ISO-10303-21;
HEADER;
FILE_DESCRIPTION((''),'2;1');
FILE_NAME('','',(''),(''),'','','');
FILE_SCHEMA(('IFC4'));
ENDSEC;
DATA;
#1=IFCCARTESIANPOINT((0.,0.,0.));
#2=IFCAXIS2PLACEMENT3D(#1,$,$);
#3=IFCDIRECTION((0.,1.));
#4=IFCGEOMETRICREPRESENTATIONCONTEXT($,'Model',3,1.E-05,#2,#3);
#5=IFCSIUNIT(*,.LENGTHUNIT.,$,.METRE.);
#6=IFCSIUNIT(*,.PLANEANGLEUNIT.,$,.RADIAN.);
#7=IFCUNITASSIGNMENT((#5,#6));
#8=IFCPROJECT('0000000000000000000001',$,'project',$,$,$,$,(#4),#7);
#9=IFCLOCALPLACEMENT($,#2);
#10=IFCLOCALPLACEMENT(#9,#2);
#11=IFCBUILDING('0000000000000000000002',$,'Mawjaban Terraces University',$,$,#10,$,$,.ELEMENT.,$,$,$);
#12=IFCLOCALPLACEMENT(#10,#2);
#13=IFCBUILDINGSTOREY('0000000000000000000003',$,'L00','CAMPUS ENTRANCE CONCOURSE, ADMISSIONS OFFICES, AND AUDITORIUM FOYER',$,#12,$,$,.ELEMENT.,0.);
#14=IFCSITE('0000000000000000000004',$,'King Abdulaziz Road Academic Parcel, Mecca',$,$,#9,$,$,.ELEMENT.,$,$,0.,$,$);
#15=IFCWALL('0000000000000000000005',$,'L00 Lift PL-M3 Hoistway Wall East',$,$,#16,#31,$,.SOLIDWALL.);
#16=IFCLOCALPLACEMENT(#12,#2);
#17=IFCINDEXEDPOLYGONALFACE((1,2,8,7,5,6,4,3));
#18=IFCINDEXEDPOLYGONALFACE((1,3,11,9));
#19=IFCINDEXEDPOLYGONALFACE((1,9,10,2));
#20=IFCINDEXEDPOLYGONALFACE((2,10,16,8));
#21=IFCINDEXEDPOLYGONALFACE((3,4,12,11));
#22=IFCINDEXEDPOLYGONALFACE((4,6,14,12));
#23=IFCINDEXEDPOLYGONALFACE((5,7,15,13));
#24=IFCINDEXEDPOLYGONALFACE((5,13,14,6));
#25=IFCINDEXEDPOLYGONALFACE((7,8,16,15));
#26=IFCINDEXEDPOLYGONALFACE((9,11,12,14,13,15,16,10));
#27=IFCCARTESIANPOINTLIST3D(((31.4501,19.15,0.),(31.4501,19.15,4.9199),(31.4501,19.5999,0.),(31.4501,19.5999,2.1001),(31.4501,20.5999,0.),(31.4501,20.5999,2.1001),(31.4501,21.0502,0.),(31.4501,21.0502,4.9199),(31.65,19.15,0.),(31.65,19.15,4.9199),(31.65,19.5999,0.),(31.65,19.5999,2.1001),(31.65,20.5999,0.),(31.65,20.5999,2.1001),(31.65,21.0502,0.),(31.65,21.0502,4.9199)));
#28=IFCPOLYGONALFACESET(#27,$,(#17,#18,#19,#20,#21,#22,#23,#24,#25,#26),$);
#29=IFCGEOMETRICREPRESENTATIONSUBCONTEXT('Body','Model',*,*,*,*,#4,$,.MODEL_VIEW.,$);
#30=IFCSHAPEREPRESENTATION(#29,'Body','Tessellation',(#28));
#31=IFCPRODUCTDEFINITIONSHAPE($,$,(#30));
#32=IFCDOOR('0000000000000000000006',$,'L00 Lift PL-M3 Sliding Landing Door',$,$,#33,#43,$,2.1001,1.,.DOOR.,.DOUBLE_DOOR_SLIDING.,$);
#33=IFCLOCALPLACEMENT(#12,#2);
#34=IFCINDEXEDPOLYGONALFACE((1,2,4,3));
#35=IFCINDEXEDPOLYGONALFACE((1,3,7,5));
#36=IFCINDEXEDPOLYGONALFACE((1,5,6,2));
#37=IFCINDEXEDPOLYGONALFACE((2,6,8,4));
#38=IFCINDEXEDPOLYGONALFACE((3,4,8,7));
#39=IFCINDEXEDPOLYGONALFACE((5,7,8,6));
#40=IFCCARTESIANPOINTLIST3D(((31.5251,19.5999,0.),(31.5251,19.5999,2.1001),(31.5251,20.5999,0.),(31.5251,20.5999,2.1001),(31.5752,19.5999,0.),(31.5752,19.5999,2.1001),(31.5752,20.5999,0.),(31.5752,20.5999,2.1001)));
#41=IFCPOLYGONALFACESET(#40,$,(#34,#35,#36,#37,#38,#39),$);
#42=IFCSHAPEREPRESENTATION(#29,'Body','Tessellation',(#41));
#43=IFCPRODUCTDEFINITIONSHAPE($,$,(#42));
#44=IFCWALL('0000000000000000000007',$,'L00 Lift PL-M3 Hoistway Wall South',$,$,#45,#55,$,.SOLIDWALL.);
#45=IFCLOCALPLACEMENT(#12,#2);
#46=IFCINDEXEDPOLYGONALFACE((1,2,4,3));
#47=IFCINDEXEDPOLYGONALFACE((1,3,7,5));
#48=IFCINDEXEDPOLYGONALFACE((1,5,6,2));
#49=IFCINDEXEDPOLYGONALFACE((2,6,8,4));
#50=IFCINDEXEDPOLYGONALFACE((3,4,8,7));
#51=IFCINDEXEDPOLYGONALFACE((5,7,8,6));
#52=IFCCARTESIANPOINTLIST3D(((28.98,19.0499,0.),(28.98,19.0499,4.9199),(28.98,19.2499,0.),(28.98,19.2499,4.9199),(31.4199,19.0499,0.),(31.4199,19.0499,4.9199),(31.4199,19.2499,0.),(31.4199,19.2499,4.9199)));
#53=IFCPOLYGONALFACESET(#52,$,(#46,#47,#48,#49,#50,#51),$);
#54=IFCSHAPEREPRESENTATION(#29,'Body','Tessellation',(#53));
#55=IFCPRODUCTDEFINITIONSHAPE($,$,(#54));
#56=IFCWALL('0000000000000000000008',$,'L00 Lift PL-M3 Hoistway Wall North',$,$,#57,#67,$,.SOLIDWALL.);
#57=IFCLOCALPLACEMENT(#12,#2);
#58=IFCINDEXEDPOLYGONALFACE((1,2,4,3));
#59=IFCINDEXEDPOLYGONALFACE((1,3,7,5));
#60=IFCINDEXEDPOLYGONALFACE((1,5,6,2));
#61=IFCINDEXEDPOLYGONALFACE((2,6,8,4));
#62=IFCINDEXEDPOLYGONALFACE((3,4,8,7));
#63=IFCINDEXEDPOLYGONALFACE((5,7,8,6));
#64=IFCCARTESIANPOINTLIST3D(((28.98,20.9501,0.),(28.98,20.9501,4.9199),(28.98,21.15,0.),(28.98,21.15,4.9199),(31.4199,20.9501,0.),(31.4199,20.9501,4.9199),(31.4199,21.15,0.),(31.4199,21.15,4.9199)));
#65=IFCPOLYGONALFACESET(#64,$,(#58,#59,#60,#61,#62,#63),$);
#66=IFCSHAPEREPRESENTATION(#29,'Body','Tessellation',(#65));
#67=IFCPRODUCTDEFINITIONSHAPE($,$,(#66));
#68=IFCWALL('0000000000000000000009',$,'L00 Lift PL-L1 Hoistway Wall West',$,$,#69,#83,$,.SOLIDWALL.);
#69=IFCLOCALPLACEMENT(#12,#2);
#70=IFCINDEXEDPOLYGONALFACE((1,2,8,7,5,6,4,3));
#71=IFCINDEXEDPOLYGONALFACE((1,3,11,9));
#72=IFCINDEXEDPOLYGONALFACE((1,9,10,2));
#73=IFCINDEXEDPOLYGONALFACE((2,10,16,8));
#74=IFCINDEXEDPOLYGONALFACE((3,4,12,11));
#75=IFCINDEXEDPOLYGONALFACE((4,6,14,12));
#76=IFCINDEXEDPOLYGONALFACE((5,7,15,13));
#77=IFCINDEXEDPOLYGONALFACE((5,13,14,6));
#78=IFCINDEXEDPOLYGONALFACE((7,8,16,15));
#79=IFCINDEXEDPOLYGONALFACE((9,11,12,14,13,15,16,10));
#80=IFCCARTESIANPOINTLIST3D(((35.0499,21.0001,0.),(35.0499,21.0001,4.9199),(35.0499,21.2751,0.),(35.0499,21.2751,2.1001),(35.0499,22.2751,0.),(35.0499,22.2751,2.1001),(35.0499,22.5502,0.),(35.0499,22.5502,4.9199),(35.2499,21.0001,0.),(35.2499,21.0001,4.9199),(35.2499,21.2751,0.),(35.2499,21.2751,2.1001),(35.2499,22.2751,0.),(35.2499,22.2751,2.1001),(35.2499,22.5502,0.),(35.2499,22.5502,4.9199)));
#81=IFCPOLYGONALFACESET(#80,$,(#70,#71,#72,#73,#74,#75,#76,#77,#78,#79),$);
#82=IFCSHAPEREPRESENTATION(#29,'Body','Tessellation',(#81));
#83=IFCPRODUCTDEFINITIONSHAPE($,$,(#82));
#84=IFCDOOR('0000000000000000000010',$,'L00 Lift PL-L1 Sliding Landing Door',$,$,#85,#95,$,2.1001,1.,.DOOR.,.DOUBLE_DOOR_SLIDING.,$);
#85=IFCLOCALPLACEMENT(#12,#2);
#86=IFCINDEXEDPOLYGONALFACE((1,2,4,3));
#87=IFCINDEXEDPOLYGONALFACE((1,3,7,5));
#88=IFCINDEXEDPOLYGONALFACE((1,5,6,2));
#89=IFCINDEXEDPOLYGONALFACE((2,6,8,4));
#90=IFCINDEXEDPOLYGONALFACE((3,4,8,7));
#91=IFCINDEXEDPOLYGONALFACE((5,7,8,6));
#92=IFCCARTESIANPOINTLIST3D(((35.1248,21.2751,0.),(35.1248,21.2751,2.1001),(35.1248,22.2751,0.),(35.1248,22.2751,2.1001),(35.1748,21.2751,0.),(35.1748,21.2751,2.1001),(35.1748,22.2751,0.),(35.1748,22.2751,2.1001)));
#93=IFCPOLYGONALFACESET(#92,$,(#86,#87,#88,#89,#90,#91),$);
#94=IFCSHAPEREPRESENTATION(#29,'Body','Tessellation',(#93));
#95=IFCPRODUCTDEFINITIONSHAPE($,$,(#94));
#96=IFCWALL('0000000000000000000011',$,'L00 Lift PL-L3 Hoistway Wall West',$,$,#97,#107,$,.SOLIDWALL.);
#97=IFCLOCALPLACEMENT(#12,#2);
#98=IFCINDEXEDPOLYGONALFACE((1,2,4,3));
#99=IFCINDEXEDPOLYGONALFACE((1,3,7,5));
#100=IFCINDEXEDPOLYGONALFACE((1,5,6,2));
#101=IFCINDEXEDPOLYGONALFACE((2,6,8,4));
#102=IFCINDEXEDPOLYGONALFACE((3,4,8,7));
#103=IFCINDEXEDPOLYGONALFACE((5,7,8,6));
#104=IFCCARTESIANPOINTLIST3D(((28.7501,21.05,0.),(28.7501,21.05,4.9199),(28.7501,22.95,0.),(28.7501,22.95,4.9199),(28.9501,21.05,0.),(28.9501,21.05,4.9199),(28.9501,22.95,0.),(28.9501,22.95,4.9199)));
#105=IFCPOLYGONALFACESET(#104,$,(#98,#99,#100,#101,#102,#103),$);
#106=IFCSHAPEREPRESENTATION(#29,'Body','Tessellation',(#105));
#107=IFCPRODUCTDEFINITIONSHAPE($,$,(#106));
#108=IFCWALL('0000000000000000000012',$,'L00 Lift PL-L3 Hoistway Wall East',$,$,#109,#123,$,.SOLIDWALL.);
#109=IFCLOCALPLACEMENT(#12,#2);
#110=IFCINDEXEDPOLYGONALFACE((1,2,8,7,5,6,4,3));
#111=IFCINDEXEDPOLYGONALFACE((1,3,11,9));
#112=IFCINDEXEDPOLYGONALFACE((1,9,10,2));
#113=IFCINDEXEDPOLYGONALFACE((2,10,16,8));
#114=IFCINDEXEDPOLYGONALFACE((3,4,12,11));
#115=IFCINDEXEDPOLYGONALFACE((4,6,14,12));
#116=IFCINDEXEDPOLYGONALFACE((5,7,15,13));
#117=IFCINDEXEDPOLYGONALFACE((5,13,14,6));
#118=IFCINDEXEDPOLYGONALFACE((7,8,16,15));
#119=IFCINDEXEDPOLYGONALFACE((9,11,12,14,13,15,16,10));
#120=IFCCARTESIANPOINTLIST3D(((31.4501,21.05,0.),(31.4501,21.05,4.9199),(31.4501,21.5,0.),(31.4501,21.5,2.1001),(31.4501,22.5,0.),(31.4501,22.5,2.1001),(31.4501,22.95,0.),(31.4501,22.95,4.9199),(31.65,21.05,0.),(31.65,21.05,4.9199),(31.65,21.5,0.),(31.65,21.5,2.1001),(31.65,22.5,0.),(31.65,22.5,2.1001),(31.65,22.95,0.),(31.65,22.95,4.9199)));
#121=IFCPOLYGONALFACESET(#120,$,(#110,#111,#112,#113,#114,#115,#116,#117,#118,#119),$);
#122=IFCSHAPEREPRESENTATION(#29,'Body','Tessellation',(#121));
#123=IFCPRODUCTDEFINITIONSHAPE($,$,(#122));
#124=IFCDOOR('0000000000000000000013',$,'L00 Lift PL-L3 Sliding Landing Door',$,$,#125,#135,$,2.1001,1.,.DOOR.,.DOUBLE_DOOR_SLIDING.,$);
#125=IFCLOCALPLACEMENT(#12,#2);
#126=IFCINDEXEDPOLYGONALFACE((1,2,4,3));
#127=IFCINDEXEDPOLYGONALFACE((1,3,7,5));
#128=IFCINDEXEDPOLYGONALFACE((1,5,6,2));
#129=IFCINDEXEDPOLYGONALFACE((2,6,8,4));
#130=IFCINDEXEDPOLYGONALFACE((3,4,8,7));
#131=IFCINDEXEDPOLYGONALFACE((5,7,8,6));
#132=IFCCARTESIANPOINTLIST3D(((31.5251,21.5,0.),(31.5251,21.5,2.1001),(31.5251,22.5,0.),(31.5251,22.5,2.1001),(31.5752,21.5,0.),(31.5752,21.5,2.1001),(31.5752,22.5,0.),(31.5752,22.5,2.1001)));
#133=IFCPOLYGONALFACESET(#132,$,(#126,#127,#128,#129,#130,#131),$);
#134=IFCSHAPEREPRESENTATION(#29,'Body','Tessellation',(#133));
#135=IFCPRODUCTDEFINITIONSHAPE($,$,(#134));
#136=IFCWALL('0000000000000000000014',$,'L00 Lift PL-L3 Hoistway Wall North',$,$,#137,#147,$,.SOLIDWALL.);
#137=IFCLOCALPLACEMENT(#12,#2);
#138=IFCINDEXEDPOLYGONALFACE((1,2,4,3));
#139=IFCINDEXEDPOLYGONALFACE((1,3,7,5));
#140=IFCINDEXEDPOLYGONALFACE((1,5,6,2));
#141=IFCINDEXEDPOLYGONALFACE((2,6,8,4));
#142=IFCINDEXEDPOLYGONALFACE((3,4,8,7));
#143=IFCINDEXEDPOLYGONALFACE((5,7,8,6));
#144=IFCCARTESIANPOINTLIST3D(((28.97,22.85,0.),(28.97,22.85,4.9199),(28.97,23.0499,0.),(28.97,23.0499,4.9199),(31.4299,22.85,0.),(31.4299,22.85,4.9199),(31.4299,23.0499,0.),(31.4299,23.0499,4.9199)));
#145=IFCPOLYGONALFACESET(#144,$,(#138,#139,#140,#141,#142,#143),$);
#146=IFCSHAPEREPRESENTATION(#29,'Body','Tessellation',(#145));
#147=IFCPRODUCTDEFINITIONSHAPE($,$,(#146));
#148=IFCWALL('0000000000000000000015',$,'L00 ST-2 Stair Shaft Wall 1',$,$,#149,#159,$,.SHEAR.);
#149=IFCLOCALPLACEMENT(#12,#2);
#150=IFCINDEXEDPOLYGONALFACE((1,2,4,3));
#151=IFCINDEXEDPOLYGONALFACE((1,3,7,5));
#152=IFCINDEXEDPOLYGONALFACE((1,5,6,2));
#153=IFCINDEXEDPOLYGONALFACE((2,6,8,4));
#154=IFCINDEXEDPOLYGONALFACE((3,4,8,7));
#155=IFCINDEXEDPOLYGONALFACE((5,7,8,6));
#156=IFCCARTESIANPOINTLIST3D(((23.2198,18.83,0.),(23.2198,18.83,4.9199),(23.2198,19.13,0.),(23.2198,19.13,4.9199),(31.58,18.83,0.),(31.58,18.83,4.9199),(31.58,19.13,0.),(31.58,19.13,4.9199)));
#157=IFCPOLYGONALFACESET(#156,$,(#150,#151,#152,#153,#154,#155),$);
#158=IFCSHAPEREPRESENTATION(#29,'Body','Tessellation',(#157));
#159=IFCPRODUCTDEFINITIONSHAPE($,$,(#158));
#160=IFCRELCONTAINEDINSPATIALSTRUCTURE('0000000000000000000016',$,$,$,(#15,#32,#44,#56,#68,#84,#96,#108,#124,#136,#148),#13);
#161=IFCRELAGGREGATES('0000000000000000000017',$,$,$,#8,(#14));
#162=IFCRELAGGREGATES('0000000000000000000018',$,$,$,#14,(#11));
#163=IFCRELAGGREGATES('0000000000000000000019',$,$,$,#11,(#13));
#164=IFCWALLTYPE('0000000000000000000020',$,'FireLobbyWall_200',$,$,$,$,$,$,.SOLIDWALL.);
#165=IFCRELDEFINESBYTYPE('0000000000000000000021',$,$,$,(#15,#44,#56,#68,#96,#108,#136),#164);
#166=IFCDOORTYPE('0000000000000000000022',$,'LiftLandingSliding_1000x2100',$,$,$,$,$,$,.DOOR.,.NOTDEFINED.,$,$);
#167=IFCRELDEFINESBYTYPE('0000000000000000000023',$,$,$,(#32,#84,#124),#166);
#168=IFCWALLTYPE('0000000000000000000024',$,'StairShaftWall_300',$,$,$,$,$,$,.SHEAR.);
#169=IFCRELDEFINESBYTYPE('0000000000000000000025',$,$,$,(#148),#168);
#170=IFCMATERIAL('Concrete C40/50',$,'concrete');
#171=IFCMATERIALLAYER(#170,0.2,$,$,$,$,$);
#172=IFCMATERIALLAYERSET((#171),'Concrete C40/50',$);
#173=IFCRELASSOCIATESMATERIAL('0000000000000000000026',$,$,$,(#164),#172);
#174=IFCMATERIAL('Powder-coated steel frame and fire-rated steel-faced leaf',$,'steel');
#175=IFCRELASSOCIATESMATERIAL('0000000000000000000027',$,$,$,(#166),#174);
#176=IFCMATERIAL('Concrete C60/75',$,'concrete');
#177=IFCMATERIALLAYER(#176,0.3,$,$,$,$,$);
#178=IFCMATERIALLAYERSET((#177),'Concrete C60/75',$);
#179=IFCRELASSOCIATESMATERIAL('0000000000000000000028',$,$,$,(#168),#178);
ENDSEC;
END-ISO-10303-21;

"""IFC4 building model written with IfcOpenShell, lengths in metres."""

from ifc_helpers import new_model, si_unit, direction, frame, frame_2d, origin, place, context, subcontext, project, spatial, rectangle, extrude, material, layer, layer_set, type_object, element, fill, save


model = new_model("IFC4")

# Units and contexts
model_context = context("Model", 3, precision=1e-05, world=origin(), true_north=direction((0.0, 1.0)))
body_context = subcontext(model_context, "Body", "Model", "MODEL_VIEW")
ifc_project = project(units=[si_unit("LENGTHUNIT", "METRE"), si_unit("PLANEANGLEUNIT", "RADIAN")], contexts=[model_context])

# Site, building, storey
site_placement = place(None, origin())
site = spatial("IfcSite", under=ifc_project, at=site_placement, Name="King Abdulaziz Road Academic Parcel, Mecca", CompositionType="ELEMENT", RefElevation=0.0)
building_placement = place(site_placement, origin())
building = spatial("IfcBuilding", under=site, at=building_placement, Name="Mawjaban Terraces University", CompositionType="ELEMENT")
storey_placement = place(building_placement, origin())
storey = spatial("IfcBuildingStorey", under=building, at=storey_placement, Name="L00", Description="CAMPUS ENTRANCE CONCOURSE, ADMISSIONS OFFICES, AND AUDITORIUM FOYER", CompositionType="ELEMENT", Elevation=0.0)

# Shared definitions
ifc_material_1 = material(Name="Concrete C40/50", Category="concrete")
ifc_layer_1 = layer(ifc_material_1, 0.2)
ifc_layer_set_1 = layer_set([ifc_layer_1], Name="Concrete C40/50")
wall_type_1 = type_object("IfcWallType", Name="FireLobbyWall_200", PredefinedType="SOLIDWALL", material=ifc_layer_set_1)

# Shared definitions
ifc_material_2 = material(Name="Powder-coated steel frame and fire-rated steel-faced leaf", Category="steel")
door_type_1 = type_object("IfcDoorType", Name="LiftLandingSliding_1000x2100", OperationType="NOTDEFINED", PredefinedType="DOOR", material=ifc_material_2)

# Wall, opening, door
wall_1_placement = place(storey_placement, frame((31.55, 19.1499, 0.0), z_axis=(0.0, 0.0, 1.0), x_axis=(0.0, 1.0, 0.0)))
wall_1 = element("IfcWall", 1, at=wall_1_placement, inside=storey, type_object=wall_type_1, Name="L00 Lift PL-M3 Hoistway Wall East", PredefinedType="SOLIDWALL", context=body_context, shape_type="SweptSolid", body=[
    extrude(rectangle(XDim=1.9001, YDim=0.2, at=frame_2d((0.9502, 0.0))), origin(), (0.0, 0.0, 1.0), 4.9199),
])
opening_1_placement = place(wall_1_placement, frame((0.45, 0.0, 0.0)))
opening_1 = element("IfcOpeningElement", 2, at=opening_1_placement, cuts=wall_1, PredefinedType="OPENING", context=body_context, shape_type="SweptSolid", body=[
    extrude(rectangle(XDim=1.0, YDim=2.1001, at=frame_2d((0.5, 1.05))), frame((0.0, 0.1099, 0.0), z_axis=(0.0, -1.0, 0.0), x_axis=(1.0, 0.0, 0.0)), (0.0, 0.0, 1.0), 0.22),
])
door_1_placement = place(opening_1_placement, origin())
door_1 = element("IfcDoor", 3, at=door_1_placement, inside=storey, type_object=door_type_1, Name="L00 Lift PL-M3 Sliding Landing Door", OperationType="DOUBLE_DOOR_SLIDING", OverallHeight=2.1001, OverallWidth=1.0, PredefinedType="DOOR", context=body_context, shape_type="SweptSolid", body=[
    extrude(rectangle(XDim=1.0, YDim=2.1001, at=frame_2d((0.5, 1.05))), frame((0.0, 0.0249, 0.0), z_axis=(0.0, -1.0, 0.0), x_axis=(1.0, 0.0, 0.0)), (0.0, 0.0, 1.0), 0.05),
])
fill(opening_1, door_1)

# Walls
for number, where, z_axis, x_axis, name in (
    (4, (28.98, 19.1499, 0.0), (0.0, 0.0, 1.0), (1.0, 0.0, 0.0), "L00 Lift PL-M3 Hoistway Wall South"),
    (5, (31.4199, 21.05, 0.0), (0.0, 0.0, 1.0), (-1.0, 0.0, 0.0), "L00 Lift PL-M3 Hoistway Wall North"),
):
    element("IfcWall", number, at=place(storey_placement, frame(where, z_axis=z_axis, x_axis=x_axis)), inside=storey, type_object=wall_type_1, Name=name, PredefinedType="SOLIDWALL", context=body_context, shape_type="SweptSolid", body=[
        extrude(rectangle(XDim=2.4399, YDim=0.2, at=frame_2d((1.22, 0.0))), origin(), (0.0, 0.0, 1.0), 4.9199),
    ])

# Wall, opening, door
wall_2_placement = place(storey_placement, frame((35.1499, 22.55, 0.0), z_axis=(0.0, 0.0, 1.0), x_axis=(0.0, -1.0, 0.0)))
wall_2 = element("IfcWall", 6, at=wall_2_placement, inside=storey, type_object=wall_type_1, Name="L00 Lift PL-L1 Hoistway Wall West", PredefinedType="SOLIDWALL", context=body_context, shape_type="SweptSolid", body=[
    extrude(rectangle(XDim=1.55, YDim=0.2, at=frame_2d((0.7749, 0.0))), origin(), (0.0, 0.0, 1.0), 4.9199),
])
opening_2_placement = place(wall_2_placement, frame((0.2749, 0.0, 0.0)))
opening_2 = element("IfcOpeningElement", 7, at=opening_2_placement, cuts=wall_2, PredefinedType="OPENING", context=body_context, shape_type="SweptSolid", body=[
    extrude(rectangle(XDim=1.0, YDim=2.1001, at=frame_2d((0.5, 1.05))), frame((0.0, 0.1099, 0.0), z_axis=(0.0, -1.0, 0.0), x_axis=(1.0, 0.0, 0.0)), (0.0, 0.0, 1.0), 0.22),
])
door_2_placement = place(opening_2_placement, origin())
door_2 = element("IfcDoor", 8, at=door_2_placement, inside=storey, type_object=door_type_1, Name="L00 Lift PL-L1 Sliding Landing Door", OperationType="DOUBLE_DOOR_SLIDING", OverallHeight=2.1001, OverallWidth=1.0, PredefinedType="DOOR", context=body_context, shape_type="SweptSolid", body=[
    extrude(rectangle(XDim=1.0, YDim=2.1001, at=frame_2d((0.5, 1.05))), frame((0.0, 0.0249, 0.0), z_axis=(0.0, -1.0, 0.0), x_axis=(1.0, 0.0, 0.0)), (0.0, 0.0, 1.0), 0.05),
])
fill(opening_2, door_2)

# Wall
wall_3_placement = place(storey_placement, frame((28.8501, 22.95, 0.0), z_axis=(0.0, 0.0, 1.0), x_axis=(0.0, -1.0, 0.0)))
element("IfcWall", 9, at=wall_3_placement, inside=storey, type_object=wall_type_1, Name="L00 Lift PL-L3 Hoistway Wall West", PredefinedType="SOLIDWALL", context=body_context, shape_type="SweptSolid", body=[
    extrude(rectangle(XDim=1.8999, YDim=0.2, at=frame_2d((0.95, 0.0))), origin(), (0.0, 0.0, 1.0), 4.9199),
])

# Wall, opening, door
wall_4_placement = place(storey_placement, frame((31.55, 21.05, 0.0), z_axis=(0.0, 0.0, 1.0), x_axis=(0.0, 1.0, 0.0)))
wall_4 = element("IfcWall", 10, at=wall_4_placement, inside=storey, type_object=wall_type_1, Name="L00 Lift PL-L3 Hoistway Wall East", PredefinedType="SOLIDWALL", context=body_context, shape_type="SweptSolid", body=[
    extrude(rectangle(XDim=1.8999, YDim=0.2, at=frame_2d((0.95, 0.0))), origin(), (0.0, 0.0, 1.0), 4.9199),
])
opening_3_placement = place(wall_4_placement, frame((0.45, 0.0, 0.0)))
opening_3 = element("IfcOpeningElement", 11, at=opening_3_placement, cuts=wall_4, PredefinedType="OPENING", context=body_context, shape_type="SweptSolid", body=[
    extrude(rectangle(XDim=1.0, YDim=2.1001, at=frame_2d((0.5, 1.05))), frame((0.0, 0.1099, 0.0), z_axis=(0.0, -1.0, 0.0), x_axis=(1.0, 0.0, 0.0)), (0.0, 0.0, 1.0), 0.22),
])
door_3_placement = place(opening_3_placement, origin())
door_3 = element("IfcDoor", 12, at=door_3_placement, inside=storey, type_object=door_type_1, Name="L00 Lift PL-L3 Sliding Landing Door", OperationType="DOUBLE_DOOR_SLIDING", OverallHeight=2.1001, OverallWidth=1.0, PredefinedType="DOOR", context=body_context, shape_type="SweptSolid", body=[
    extrude(rectangle(XDim=1.0, YDim=2.1001, at=frame_2d((0.5, 1.05))), frame((0.0, 0.0249, 0.0), z_axis=(0.0, -1.0, 0.0), x_axis=(1.0, 0.0, 0.0)), (0.0, 0.0, 1.0), 0.05),
])
fill(opening_3, door_3)

# Walls
wall_5_placement = place(storey_placement, frame((31.4299, 22.95, 0.0), z_axis=(0.0, 0.0, 1.0), x_axis=(-1.0, 0.0, 0.0)))
element("IfcWall", 13, at=wall_5_placement, inside=storey, type_object=wall_type_1, Name="L00 Lift PL-L3 Hoistway Wall North", PredefinedType="SOLIDWALL", context=body_context, shape_type="SweptSolid", body=[
    extrude(rectangle(XDim=2.46, YDim=0.2, at=frame_2d((1.23, 0.0))), origin(), (0.0, 0.0, 1.0), 4.9199),
])
ifc_material_3 = material(Name="Concrete C60/75", Category="concrete")
ifc_layer_2 = layer(ifc_material_3, 0.3)
ifc_layer_set_2 = layer_set([ifc_layer_2], Name="Concrete C60/75")
wall_type_2 = type_object("IfcWallType", Name="StairShaftWall_300", PredefinedType="SHEAR", material=ifc_layer_set_2)
wall_6_placement = place(storey_placement, frame((31.5801, 18.98, 0.0), z_axis=(0.0, 0.0, 1.0), x_axis=(-1.0, 0.0, 0.0)))
element("IfcWall", 14, at=wall_6_placement, inside=storey, type_object=wall_type_2, Name="L00 ST-2 Stair Shaft Wall 1", PredefinedType="SHEAR", context=body_context, shape_type="SweptSolid", body=[
    extrude(rectangle(XDim=8.3601, YDim=0.3, at=frame_2d((4.1802, 0.0))), origin(), (0.0, 0.0, 1.0), 4.9199),
])

save(model, "model.ifc")
